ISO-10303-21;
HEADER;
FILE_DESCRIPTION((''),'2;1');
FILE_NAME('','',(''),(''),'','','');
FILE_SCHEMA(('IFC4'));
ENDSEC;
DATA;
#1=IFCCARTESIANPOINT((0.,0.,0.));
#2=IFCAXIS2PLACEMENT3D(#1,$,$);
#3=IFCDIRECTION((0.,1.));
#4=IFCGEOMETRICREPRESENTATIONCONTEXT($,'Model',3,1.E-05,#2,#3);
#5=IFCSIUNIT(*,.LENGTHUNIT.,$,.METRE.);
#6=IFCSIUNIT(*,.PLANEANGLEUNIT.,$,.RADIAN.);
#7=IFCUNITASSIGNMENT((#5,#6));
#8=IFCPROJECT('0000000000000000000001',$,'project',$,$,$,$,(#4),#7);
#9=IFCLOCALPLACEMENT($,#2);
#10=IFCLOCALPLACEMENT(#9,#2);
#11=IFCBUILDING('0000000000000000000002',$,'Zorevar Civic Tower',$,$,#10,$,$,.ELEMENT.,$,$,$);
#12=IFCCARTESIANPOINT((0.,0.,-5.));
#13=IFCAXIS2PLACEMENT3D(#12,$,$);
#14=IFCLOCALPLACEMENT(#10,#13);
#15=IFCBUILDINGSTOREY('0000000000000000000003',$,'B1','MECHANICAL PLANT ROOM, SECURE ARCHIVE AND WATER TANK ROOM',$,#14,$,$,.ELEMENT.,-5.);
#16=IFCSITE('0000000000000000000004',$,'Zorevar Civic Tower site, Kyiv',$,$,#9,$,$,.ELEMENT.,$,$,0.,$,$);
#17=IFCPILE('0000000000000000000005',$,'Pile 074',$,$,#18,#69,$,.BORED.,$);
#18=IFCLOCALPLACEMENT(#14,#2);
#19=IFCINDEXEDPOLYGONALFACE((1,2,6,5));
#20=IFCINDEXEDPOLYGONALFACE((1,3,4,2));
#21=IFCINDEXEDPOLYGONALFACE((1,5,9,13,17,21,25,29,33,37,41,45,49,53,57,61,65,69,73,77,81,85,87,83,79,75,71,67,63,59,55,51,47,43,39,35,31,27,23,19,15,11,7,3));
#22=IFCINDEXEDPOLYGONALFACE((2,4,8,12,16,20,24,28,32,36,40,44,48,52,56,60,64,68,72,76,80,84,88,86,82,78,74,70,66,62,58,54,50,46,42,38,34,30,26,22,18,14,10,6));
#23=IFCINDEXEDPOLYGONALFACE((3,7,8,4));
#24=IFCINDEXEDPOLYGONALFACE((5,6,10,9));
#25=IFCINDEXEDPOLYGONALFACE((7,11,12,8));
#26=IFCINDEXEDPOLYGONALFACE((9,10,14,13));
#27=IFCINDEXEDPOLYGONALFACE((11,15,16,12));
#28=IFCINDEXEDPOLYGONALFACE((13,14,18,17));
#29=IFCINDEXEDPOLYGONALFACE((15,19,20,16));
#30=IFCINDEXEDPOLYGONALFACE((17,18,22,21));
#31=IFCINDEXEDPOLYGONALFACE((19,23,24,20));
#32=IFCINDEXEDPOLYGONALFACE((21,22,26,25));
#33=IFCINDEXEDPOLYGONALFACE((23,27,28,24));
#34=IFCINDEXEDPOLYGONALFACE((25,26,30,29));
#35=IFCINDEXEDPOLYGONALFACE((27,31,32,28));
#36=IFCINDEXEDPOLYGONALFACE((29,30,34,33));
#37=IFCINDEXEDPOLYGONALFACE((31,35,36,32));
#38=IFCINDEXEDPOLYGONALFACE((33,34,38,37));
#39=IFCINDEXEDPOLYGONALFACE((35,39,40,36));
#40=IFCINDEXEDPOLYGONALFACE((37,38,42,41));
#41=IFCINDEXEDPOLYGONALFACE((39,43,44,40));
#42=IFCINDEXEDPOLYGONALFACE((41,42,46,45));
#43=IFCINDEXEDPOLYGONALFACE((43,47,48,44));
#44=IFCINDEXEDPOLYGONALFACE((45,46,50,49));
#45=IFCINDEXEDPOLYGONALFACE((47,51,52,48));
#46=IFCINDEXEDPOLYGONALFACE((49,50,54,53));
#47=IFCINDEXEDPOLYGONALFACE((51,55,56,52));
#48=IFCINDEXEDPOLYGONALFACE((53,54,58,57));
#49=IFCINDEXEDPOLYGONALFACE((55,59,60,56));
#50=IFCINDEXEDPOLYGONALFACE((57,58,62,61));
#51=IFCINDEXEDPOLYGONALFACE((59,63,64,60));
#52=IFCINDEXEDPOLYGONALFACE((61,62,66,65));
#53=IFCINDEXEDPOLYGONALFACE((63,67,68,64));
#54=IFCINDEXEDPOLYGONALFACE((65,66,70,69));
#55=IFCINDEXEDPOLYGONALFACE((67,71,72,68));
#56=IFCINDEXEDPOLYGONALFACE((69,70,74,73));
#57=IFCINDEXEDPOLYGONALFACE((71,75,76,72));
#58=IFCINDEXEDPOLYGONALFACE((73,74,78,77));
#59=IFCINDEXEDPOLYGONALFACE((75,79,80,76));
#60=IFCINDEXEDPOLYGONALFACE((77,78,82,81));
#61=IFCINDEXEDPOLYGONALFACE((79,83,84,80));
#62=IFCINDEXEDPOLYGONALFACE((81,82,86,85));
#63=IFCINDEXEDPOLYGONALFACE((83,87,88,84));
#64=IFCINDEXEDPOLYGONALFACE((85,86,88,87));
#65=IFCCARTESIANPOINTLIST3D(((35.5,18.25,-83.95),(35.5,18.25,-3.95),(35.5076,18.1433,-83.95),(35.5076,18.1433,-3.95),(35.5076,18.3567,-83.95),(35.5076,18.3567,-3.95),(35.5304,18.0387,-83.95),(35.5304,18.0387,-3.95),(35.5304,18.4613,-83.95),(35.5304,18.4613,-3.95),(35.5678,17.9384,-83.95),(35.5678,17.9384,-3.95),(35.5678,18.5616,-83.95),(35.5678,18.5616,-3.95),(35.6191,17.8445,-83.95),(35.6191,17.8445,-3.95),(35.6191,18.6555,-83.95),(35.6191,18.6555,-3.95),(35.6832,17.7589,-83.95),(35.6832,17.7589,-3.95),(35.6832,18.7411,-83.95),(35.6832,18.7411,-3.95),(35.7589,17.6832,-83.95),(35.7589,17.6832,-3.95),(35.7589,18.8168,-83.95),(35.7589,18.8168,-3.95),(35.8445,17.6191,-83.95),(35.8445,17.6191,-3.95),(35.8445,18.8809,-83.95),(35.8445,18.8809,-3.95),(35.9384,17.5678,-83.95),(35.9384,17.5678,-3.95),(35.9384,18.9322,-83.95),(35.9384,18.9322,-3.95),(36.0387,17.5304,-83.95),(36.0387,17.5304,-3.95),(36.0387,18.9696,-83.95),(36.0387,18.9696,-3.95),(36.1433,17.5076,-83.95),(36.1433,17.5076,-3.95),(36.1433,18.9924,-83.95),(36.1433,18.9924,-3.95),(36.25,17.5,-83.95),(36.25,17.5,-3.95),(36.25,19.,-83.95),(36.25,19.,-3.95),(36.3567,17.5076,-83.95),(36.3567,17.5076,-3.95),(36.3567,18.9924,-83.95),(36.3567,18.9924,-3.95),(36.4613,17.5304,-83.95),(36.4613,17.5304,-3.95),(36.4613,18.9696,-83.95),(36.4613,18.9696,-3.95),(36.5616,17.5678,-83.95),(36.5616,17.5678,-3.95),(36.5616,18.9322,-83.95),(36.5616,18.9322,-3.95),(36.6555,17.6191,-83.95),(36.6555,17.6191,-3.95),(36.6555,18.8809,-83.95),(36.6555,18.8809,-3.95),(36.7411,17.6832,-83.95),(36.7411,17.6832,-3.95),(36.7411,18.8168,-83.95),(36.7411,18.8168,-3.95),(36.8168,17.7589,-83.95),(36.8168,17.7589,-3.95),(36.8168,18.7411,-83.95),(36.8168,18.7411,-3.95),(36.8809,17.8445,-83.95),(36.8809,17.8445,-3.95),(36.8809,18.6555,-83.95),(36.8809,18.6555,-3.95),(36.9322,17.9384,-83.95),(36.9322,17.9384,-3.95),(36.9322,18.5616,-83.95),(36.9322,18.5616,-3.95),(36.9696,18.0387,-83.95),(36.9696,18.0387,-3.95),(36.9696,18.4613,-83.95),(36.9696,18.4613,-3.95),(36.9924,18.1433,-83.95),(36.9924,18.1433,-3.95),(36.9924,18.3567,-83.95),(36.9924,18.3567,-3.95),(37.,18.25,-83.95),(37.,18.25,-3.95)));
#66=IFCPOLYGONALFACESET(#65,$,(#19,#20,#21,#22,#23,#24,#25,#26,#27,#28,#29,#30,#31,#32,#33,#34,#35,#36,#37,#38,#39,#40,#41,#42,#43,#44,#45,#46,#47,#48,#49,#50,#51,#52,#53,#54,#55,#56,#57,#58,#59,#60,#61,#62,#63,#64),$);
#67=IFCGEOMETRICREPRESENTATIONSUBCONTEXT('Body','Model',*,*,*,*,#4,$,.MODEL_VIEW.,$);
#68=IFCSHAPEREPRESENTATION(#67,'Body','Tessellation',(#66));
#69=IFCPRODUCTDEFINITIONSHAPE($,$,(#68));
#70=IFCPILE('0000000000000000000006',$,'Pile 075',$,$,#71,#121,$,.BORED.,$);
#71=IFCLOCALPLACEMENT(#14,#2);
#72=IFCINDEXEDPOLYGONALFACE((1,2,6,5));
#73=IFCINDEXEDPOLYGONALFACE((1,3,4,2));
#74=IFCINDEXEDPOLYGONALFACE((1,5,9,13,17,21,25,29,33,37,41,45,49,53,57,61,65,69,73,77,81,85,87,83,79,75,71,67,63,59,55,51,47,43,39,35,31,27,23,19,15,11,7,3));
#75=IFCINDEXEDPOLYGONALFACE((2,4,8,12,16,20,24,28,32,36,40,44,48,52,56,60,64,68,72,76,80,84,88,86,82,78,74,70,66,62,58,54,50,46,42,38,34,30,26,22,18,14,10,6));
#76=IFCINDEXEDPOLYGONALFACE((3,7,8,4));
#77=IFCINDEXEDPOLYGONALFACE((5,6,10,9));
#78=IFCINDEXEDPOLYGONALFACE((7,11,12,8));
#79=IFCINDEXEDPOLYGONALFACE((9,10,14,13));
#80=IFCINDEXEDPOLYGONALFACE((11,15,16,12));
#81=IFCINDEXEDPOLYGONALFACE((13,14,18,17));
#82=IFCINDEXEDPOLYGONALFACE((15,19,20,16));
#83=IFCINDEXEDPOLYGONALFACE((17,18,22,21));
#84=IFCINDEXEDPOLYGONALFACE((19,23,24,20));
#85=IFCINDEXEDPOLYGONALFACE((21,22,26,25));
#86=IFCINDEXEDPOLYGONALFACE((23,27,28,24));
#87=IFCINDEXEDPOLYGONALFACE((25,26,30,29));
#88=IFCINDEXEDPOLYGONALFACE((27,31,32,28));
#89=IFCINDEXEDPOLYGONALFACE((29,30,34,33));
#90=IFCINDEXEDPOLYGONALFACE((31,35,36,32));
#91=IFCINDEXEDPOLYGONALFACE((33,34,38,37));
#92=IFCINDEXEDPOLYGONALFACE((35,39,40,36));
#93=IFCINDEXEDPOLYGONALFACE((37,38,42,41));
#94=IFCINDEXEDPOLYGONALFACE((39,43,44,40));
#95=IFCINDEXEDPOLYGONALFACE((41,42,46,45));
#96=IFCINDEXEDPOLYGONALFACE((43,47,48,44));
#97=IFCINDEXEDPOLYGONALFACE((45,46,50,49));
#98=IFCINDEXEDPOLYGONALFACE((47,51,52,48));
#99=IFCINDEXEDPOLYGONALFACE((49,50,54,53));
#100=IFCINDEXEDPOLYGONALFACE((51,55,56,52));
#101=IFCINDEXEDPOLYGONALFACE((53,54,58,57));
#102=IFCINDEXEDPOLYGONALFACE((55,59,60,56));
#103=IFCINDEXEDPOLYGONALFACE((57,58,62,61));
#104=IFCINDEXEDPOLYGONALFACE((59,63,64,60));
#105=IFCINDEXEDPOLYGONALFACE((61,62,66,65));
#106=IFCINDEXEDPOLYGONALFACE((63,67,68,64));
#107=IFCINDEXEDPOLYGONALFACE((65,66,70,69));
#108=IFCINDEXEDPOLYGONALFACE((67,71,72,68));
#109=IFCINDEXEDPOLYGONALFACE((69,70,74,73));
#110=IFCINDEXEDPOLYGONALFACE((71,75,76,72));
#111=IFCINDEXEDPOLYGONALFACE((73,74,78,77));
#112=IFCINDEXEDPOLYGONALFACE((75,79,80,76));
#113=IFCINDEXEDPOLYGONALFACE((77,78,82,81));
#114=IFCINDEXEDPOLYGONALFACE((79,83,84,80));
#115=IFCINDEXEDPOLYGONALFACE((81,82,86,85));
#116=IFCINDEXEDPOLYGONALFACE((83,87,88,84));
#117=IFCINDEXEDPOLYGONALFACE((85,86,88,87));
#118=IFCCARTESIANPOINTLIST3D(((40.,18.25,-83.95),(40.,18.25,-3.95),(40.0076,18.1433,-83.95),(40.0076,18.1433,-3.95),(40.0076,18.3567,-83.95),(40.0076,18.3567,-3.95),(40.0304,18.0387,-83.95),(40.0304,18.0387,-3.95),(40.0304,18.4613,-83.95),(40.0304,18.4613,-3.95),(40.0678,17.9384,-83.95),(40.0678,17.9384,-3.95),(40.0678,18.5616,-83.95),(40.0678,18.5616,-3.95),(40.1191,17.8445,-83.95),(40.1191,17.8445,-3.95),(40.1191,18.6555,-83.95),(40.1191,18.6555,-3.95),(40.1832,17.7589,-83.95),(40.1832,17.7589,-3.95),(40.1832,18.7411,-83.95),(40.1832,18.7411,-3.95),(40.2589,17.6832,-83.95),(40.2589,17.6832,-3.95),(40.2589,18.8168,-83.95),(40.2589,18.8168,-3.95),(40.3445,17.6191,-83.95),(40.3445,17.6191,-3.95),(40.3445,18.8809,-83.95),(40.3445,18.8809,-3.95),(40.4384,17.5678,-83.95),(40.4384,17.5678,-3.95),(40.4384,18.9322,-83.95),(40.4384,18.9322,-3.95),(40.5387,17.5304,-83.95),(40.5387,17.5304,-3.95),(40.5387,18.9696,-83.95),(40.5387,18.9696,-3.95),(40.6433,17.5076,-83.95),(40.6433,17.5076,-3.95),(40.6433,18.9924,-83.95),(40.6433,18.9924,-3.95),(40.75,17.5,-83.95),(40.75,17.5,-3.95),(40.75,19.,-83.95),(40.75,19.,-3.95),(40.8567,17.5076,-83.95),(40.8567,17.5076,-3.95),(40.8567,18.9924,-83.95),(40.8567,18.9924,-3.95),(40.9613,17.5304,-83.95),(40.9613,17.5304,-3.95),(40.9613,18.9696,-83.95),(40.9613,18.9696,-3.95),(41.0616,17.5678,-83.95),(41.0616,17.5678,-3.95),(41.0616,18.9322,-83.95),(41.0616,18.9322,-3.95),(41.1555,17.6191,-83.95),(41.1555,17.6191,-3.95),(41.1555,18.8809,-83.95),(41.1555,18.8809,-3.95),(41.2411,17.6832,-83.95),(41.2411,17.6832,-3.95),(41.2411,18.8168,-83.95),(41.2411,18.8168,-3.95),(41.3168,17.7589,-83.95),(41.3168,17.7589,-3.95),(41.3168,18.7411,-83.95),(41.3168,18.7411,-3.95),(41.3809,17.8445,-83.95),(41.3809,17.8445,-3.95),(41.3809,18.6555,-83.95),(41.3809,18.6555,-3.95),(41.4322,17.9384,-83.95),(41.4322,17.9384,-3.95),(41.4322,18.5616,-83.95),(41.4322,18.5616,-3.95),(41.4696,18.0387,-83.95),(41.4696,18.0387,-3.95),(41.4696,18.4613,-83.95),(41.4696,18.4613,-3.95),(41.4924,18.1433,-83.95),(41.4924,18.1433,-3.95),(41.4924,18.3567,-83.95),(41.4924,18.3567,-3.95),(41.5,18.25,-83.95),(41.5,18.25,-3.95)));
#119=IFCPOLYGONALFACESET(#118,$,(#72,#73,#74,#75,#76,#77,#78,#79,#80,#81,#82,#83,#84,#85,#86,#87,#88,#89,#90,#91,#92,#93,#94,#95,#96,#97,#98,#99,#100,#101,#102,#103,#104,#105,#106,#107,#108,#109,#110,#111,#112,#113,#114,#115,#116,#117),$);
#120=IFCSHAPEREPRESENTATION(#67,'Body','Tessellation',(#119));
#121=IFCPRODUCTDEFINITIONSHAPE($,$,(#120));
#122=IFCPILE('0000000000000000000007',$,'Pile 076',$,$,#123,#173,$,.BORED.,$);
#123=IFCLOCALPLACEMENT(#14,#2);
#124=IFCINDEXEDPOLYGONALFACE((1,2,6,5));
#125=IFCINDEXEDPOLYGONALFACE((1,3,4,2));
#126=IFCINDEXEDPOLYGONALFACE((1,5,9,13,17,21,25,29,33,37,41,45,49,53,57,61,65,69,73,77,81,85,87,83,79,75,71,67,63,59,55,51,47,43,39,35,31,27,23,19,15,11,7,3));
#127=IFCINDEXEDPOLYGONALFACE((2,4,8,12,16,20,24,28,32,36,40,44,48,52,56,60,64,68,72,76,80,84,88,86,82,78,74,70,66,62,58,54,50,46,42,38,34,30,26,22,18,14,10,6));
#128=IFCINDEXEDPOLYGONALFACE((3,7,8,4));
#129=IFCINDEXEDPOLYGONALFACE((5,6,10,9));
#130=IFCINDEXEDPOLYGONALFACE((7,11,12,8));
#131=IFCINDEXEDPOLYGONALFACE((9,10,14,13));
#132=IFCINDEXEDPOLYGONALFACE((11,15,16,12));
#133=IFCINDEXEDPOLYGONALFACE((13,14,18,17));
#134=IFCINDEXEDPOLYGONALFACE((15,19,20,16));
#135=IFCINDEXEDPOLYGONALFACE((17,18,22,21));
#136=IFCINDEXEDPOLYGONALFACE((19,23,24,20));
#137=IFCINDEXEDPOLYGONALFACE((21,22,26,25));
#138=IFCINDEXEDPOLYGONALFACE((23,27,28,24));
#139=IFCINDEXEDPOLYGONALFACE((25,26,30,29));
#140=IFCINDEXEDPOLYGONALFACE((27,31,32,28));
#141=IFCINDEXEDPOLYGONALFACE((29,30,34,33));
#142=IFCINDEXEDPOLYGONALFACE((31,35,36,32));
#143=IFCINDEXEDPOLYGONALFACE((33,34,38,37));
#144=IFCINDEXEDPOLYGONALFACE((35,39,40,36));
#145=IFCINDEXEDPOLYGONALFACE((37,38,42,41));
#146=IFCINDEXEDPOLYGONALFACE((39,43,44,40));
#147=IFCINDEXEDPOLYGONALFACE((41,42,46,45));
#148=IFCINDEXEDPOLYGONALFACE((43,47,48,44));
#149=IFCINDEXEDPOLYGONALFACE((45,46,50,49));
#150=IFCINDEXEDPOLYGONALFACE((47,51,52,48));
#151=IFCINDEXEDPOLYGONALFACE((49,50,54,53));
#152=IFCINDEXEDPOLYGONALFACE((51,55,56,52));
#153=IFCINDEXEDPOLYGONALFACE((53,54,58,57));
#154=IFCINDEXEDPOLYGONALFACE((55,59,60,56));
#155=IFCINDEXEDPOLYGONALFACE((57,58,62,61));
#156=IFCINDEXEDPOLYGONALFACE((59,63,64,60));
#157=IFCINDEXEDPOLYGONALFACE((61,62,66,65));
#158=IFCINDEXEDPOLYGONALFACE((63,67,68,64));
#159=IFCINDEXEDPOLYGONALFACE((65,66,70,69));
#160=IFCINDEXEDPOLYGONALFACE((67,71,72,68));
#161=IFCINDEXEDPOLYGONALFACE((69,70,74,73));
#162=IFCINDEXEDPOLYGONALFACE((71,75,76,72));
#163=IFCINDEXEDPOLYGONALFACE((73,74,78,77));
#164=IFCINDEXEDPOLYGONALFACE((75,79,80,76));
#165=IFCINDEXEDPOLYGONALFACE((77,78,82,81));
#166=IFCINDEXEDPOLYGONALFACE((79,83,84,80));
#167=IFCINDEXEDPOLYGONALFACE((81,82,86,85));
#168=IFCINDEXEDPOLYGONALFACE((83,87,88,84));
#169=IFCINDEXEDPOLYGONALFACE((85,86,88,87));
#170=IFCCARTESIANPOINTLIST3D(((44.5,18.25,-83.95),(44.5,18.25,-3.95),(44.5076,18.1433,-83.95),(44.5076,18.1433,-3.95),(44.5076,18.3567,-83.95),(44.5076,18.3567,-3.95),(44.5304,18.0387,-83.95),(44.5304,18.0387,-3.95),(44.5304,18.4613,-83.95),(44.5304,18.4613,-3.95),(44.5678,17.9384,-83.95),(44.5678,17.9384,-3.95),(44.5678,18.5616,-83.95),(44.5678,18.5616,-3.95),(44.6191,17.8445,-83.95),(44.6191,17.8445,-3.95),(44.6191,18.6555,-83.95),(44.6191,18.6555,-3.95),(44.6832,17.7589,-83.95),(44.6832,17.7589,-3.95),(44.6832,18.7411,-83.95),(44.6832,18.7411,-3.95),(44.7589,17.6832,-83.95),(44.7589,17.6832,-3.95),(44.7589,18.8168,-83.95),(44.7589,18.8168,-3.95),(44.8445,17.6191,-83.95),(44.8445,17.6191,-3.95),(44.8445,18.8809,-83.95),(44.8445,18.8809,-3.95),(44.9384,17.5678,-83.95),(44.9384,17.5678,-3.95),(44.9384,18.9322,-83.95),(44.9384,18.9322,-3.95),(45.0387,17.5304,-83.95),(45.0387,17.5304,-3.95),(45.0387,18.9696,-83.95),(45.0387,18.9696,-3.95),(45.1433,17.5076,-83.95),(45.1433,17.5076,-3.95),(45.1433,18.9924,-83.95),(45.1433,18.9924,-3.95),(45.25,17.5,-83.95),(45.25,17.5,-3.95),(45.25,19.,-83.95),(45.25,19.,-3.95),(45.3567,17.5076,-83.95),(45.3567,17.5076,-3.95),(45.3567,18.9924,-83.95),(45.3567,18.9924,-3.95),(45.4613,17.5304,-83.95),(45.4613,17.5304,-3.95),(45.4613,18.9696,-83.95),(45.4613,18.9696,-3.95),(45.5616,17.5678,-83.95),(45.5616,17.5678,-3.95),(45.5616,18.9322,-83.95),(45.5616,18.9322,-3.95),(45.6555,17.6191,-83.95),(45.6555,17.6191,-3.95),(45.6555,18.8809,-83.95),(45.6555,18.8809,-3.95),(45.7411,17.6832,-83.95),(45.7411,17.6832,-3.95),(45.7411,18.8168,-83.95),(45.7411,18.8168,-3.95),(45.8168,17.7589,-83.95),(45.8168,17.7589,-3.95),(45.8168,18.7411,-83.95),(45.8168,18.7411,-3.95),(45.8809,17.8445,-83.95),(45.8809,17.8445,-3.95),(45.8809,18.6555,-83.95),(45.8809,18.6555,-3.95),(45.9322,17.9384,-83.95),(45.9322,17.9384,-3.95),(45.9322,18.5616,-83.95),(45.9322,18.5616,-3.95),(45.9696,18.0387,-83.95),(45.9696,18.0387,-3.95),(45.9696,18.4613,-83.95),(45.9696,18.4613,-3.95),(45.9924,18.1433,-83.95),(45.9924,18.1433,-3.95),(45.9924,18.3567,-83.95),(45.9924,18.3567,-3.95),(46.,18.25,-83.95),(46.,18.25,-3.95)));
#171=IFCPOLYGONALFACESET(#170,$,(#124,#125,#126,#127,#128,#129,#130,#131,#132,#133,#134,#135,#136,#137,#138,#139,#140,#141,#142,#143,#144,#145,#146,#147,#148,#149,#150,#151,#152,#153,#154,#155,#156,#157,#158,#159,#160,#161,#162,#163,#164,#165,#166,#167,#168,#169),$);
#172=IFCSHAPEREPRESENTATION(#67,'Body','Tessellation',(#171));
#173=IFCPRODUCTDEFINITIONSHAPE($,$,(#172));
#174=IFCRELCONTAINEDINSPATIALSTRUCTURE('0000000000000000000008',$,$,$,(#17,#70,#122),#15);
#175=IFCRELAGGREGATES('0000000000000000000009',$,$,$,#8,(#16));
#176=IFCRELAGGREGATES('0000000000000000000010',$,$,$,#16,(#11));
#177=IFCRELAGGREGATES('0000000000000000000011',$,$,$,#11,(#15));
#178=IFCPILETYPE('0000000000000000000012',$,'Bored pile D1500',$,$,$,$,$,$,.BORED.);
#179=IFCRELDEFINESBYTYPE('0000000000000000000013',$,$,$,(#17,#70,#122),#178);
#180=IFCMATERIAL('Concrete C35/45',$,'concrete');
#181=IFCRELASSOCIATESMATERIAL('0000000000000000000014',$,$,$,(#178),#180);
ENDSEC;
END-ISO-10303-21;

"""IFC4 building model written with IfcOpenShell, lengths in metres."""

from ifc_helpers import new_model, si_unit, direction, frame, origin, origin_2d, place, context, subcontext, project, spatial, circle, extrude, material, type_object, element, save


model = new_model("IFC4")

# Units and contexts
model_context = context("Model", 3, precision=1e-05, world=origin(), true_north=direction((0.0, 1.0)))
body_context = subcontext(model_context, "Body", "Model", "MODEL_VIEW")
ifc_project = project(units=[si_unit("LENGTHUNIT", "METRE"), si_unit("PLANEANGLEUNIT", "RADIAN")], contexts=[model_context])

# Site, building, storey
site_placement = place(None, origin())
site = spatial("IfcSite", under=ifc_project, at=site_placement, Name="Zorevar Civic Tower site, Kyiv", CompositionType="ELEMENT", RefElevation=0.0)
building_placement = place(site_placement, origin())
building = spatial("IfcBuilding", under=site, at=building_placement, Name="Zorevar Civic Tower", CompositionType="ELEMENT")
storey_placement = place(building_placement, frame((0.0, 0.0, -5.0)))
storey = spatial("IfcBuildingStorey", under=building, at=storey_placement, Name="B1", Description="MECHANICAL PLANT ROOM, SECURE ARCHIVE AND WATER TANK ROOM", CompositionType="ELEMENT", Elevation=-5.0)

# Piles
ifc_material_1 = material(Name="Concrete C35/45", Category="concrete")
pile_type = type_object("IfcPileType", Name="Bored pile D1500", PredefinedType="BORED", material=ifc_material_1)
for number, where, z_axis, x_axis, name in (
    (1, (36.25, 18.25, -3.95), (0.0, 0.0, -1.0), (1.0, 0.0, 0.0), "Pile 074"),
    (2, (40.75, 18.25, -3.95), (0.0, 0.0, -1.0), (1.0, 0.0, 0.0), "Pile 075"),
    (3, (45.25, 18.25, -3.95), (0.0, 0.0, -1.0), (1.0, 0.0, 0.0), "Pile 076"),
):
    element("IfcPile", number, at=place(storey_placement, frame(where, z_axis=z_axis, x_axis=x_axis)), inside=storey, type_object=pile_type, Name=name, PredefinedType="BORED", context=body_context, shape_type="SweptSolid", body=[
        extrude(circle(Radius=0.75, at=origin_2d()), origin(), (0.0, 0.0, 1.0), 80.0),
    ])

save(model, "model.ifc")
